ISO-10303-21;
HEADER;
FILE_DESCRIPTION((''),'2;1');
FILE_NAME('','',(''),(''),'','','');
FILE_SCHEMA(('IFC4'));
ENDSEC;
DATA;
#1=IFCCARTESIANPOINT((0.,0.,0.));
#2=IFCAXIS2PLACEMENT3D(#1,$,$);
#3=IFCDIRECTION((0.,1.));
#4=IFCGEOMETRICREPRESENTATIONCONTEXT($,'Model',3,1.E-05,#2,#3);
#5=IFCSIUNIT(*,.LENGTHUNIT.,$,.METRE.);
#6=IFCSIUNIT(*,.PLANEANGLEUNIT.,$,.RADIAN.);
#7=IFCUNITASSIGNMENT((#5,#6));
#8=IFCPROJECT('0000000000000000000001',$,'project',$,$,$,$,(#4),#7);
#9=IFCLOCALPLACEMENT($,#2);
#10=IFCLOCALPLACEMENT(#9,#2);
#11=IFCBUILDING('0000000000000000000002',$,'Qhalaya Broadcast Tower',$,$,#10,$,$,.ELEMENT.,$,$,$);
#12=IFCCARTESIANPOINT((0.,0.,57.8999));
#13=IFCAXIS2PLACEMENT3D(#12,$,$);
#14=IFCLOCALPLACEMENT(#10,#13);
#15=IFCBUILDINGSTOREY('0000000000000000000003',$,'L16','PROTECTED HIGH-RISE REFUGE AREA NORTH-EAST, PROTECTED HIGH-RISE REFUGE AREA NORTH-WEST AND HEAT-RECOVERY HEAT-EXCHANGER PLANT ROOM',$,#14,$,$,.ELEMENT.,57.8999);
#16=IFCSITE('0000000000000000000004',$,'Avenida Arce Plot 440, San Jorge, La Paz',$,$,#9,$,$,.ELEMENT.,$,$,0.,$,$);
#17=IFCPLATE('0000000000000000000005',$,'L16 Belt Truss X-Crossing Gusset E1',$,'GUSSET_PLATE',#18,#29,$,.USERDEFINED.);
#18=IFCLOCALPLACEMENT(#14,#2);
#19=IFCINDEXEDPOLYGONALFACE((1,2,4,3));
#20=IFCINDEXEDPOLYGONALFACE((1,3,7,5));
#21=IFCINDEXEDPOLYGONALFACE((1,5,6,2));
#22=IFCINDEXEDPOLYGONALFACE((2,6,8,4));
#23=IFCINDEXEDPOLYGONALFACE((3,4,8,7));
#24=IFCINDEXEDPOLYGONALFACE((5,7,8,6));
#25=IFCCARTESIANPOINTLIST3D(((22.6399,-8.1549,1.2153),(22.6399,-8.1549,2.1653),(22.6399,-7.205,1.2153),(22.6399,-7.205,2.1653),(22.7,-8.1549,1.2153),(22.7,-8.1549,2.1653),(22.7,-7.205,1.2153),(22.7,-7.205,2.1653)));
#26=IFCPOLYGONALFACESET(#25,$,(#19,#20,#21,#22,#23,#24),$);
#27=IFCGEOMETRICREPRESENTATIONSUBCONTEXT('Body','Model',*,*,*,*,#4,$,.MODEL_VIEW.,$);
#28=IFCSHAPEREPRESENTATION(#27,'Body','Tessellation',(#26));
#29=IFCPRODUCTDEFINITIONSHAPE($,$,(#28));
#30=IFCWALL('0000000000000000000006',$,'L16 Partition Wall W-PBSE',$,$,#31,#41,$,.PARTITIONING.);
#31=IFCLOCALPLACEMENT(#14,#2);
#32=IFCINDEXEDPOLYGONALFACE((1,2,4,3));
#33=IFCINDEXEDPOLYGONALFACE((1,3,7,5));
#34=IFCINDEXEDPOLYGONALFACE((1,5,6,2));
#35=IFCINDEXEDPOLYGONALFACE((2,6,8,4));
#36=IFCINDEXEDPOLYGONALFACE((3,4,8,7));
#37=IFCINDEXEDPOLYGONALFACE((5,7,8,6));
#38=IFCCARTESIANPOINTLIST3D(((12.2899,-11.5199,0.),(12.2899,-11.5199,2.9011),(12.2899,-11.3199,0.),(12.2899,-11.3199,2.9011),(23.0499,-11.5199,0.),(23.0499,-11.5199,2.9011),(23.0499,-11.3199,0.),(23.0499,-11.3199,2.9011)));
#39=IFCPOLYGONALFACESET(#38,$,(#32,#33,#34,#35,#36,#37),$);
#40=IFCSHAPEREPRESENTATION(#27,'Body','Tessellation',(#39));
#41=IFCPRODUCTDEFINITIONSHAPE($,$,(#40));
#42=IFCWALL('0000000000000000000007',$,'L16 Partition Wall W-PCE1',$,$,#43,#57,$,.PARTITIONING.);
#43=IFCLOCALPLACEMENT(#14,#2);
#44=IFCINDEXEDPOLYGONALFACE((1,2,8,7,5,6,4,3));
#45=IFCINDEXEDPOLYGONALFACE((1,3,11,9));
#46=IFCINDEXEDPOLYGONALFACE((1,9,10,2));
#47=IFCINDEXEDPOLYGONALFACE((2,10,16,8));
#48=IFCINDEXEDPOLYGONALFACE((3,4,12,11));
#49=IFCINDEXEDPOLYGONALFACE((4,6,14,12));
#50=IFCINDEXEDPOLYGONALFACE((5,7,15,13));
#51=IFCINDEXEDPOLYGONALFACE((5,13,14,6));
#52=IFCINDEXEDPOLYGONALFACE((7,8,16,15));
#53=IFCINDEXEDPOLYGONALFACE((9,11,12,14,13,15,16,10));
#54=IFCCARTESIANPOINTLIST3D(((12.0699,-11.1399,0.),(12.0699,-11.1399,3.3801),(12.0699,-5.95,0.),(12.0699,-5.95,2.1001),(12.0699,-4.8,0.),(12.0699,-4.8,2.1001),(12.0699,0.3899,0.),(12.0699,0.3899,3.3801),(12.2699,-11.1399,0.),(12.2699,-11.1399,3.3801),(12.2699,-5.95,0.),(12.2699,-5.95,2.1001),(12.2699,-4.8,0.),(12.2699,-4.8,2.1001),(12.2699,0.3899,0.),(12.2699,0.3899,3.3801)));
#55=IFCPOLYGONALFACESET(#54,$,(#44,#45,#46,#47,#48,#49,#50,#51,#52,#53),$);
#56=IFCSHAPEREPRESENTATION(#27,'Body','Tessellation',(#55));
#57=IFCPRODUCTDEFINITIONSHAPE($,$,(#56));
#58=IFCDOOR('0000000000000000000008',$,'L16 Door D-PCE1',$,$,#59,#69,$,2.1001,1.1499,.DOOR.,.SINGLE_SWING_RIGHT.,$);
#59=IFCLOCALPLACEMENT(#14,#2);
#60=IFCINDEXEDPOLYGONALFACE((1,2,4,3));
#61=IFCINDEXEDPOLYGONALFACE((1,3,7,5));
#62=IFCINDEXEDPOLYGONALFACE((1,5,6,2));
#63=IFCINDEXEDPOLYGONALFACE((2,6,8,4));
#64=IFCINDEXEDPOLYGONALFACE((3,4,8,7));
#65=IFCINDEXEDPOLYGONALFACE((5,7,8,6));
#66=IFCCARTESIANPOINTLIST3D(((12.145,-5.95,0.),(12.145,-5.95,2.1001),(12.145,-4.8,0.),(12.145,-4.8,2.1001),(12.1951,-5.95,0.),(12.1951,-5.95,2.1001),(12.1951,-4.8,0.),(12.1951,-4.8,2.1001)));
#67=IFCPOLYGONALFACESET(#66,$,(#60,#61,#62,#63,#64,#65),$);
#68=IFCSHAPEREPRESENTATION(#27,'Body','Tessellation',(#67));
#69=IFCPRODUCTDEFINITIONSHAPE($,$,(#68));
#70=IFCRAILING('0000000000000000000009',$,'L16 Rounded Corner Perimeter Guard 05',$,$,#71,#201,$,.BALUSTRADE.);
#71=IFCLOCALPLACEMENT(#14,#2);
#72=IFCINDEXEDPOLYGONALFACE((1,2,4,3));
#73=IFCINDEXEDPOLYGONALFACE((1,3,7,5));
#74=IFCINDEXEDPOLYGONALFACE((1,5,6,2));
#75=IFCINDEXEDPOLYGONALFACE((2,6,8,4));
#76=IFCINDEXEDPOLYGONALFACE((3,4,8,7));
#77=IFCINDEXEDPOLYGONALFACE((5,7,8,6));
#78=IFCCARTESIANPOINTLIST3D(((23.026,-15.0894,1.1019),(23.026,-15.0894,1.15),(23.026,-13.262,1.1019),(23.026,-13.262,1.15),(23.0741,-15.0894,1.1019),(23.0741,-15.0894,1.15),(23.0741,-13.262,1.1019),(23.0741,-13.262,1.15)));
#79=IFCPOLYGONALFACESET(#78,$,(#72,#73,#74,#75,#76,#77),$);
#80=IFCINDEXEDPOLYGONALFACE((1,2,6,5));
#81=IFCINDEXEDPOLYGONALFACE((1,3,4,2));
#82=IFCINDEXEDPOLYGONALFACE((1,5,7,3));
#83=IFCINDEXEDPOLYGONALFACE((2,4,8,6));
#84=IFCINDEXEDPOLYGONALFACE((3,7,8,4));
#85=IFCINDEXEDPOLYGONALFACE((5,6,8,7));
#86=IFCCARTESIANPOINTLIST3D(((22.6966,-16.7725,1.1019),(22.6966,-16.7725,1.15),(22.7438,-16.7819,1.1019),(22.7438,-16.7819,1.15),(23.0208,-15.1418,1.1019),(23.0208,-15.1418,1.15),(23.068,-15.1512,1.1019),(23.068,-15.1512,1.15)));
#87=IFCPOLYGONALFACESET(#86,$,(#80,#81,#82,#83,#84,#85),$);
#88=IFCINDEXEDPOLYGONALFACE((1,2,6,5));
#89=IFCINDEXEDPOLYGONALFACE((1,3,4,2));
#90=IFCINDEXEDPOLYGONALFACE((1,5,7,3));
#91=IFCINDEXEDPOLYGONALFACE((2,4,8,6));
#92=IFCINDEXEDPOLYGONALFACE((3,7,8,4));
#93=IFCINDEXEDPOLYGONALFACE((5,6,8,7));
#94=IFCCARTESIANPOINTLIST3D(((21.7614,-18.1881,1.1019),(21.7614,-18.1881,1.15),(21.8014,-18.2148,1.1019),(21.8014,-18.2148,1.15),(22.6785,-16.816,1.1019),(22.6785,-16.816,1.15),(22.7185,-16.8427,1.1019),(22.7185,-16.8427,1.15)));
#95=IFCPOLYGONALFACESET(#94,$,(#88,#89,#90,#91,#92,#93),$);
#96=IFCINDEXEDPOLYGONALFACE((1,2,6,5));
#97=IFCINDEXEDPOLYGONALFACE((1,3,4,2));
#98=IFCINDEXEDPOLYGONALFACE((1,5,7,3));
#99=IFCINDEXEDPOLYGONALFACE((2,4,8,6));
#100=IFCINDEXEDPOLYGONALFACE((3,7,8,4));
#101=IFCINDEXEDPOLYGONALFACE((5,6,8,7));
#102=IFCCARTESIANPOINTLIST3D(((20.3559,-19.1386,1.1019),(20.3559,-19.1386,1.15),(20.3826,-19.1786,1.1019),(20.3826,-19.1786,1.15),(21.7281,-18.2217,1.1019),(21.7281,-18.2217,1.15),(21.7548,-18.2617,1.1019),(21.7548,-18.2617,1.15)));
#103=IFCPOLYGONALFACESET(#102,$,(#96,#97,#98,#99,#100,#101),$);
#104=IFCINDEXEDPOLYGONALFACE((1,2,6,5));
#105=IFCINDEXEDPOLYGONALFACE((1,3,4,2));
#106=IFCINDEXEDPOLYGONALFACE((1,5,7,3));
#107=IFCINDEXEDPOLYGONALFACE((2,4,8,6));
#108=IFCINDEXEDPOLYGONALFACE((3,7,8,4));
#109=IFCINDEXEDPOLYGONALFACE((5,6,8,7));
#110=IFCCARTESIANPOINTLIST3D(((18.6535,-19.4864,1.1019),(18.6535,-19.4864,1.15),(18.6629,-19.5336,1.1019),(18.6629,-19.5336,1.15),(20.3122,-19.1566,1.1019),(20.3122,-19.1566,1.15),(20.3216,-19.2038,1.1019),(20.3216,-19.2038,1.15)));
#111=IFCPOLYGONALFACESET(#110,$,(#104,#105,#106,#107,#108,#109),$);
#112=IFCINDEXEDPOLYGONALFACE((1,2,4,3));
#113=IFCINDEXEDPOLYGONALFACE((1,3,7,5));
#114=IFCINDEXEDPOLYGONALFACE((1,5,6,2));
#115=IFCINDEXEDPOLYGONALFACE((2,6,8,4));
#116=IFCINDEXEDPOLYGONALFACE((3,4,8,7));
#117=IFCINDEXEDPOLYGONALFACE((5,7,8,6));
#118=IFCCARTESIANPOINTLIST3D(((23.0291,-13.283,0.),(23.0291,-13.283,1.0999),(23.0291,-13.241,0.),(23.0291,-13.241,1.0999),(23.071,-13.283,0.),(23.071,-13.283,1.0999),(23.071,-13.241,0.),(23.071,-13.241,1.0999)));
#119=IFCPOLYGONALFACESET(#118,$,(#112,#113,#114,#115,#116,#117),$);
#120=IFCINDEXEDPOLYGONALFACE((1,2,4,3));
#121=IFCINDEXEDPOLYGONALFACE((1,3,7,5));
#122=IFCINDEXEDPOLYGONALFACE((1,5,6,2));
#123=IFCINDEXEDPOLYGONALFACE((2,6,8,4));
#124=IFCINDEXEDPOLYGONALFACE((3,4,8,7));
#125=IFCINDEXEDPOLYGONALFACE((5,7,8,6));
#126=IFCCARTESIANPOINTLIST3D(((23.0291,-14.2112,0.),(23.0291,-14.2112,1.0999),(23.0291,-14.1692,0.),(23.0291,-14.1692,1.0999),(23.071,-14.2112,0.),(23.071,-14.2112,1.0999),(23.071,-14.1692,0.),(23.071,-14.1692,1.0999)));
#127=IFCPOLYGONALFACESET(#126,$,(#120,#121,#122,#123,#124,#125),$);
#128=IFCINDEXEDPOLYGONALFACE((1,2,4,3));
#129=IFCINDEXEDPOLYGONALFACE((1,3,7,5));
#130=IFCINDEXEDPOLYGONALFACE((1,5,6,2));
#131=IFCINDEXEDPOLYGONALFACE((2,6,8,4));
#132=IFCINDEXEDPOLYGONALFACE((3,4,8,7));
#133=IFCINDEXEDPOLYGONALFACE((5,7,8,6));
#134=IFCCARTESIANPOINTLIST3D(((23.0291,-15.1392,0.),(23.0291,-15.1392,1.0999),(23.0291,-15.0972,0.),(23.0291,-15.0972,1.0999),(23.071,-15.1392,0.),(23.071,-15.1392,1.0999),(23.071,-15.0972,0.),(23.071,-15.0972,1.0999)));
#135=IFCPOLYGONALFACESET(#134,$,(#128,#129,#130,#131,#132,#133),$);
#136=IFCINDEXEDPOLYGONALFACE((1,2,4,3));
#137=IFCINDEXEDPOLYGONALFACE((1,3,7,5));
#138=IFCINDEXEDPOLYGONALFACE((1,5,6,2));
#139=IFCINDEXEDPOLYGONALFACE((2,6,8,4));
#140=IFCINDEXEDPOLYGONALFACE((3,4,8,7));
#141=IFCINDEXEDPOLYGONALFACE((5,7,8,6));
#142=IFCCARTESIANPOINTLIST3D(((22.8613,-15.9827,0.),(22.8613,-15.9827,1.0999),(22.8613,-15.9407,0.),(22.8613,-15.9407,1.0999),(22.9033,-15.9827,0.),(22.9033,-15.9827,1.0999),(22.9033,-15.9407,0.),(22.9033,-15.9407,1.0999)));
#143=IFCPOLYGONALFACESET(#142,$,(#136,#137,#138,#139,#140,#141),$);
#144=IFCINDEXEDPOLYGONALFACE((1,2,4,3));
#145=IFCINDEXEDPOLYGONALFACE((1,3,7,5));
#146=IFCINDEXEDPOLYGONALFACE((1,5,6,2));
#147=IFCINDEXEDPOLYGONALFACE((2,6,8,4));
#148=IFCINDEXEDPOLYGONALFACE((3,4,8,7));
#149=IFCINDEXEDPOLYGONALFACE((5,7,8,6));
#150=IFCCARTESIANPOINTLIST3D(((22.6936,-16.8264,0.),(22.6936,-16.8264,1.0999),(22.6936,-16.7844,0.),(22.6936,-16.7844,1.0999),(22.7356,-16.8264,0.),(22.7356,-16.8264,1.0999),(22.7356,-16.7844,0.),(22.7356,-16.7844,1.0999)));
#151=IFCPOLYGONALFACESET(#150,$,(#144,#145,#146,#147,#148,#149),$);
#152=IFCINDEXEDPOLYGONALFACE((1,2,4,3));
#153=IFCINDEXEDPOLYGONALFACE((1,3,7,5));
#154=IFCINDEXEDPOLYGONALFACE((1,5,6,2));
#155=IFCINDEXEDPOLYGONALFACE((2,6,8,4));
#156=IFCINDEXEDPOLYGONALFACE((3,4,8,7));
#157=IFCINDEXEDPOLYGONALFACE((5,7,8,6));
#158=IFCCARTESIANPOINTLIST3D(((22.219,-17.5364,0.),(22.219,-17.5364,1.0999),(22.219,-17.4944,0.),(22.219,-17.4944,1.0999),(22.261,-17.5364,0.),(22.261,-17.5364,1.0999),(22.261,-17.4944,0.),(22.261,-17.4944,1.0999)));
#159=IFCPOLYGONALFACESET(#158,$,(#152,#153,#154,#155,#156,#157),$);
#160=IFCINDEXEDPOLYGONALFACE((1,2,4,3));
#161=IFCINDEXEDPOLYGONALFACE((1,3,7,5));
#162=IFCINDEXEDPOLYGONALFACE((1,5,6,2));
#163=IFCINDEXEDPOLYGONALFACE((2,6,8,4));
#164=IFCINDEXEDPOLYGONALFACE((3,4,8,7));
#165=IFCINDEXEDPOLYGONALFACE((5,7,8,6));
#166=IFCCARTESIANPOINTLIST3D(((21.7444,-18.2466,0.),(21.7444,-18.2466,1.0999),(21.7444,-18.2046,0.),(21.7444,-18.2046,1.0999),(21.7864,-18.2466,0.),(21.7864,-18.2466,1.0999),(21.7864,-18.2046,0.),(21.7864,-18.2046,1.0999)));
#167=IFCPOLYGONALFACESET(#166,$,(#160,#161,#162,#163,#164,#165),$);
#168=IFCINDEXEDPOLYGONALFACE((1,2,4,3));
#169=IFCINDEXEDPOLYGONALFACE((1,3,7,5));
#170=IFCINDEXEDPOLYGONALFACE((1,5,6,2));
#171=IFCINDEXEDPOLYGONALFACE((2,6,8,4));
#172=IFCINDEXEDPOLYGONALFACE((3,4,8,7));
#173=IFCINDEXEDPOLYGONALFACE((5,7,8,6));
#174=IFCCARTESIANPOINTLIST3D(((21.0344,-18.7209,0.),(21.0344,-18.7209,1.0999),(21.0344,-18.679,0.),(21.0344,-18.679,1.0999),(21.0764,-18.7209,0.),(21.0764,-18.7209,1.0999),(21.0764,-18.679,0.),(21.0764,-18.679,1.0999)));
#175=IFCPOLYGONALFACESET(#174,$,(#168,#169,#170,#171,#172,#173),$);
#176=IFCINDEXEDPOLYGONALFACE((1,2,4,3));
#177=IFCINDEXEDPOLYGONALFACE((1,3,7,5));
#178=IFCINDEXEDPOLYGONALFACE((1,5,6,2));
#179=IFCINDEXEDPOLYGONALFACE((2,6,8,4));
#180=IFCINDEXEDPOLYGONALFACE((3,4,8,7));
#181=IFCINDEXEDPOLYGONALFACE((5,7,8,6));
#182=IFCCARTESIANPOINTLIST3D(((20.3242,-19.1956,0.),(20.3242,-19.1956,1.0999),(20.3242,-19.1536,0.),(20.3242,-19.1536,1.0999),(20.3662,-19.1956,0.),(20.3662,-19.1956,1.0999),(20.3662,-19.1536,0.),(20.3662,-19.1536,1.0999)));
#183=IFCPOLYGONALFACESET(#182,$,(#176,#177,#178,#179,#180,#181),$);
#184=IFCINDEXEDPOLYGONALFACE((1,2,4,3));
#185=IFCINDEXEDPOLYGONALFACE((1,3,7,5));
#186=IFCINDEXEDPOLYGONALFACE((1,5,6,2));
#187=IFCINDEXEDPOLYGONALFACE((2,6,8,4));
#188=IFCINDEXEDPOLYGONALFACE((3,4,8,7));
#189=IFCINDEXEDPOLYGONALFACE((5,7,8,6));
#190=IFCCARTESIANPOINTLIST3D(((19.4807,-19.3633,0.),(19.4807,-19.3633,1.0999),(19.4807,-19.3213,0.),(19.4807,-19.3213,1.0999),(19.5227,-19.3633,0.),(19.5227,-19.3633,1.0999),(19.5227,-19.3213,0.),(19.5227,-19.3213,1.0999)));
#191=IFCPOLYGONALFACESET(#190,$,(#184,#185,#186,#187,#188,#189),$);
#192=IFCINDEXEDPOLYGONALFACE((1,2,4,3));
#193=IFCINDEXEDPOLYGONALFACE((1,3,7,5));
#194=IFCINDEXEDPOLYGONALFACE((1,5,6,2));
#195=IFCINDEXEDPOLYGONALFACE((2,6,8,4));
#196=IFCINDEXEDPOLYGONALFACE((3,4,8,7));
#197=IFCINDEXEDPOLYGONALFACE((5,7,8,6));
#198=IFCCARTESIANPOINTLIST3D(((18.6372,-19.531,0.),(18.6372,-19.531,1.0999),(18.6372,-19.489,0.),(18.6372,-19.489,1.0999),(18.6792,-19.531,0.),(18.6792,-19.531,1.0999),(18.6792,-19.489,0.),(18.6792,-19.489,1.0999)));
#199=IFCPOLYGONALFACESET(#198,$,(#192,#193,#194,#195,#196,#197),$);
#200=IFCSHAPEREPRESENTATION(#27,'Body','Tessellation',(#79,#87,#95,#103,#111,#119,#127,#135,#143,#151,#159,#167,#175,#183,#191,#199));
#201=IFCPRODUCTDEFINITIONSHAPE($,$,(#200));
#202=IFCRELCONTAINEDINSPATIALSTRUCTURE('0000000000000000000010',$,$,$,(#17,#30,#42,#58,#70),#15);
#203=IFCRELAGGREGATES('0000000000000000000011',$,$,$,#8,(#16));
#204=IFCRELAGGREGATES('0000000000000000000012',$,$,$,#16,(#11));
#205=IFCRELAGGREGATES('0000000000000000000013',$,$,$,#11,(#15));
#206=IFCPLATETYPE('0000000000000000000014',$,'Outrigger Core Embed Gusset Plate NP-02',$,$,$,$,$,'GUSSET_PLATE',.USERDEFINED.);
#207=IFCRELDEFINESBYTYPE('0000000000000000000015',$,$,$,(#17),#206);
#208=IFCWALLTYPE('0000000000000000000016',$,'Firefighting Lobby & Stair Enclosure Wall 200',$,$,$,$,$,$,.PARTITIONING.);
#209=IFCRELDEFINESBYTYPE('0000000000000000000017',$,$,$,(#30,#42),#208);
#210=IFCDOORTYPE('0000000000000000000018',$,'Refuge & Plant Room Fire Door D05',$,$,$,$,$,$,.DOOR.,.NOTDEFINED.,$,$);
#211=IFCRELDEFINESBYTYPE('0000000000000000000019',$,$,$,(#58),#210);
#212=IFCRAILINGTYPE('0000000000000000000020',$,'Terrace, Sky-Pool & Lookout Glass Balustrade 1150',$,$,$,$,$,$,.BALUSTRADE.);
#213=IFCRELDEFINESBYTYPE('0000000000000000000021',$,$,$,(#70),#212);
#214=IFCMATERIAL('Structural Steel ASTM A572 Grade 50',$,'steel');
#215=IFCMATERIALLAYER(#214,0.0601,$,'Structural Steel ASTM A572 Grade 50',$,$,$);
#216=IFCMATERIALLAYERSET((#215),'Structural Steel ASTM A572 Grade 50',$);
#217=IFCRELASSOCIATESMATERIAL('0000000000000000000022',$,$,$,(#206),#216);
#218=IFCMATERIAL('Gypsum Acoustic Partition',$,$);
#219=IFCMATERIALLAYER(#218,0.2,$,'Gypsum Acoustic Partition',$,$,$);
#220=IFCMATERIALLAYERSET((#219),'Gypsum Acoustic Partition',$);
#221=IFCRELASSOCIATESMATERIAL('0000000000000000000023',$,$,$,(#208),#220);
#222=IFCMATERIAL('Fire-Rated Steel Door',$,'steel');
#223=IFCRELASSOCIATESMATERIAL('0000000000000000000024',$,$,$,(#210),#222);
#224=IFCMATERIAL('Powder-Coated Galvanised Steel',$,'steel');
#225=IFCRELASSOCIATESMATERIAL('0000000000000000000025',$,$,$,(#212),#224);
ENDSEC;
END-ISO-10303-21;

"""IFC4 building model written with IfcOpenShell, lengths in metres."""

from ifc_helpers import new_model, si_unit, direction, frame, frame_2d, origin, origin_2d, place, context, subcontext, project, spatial, rectangle, extrude, material, layer, layer_set, type_object, element, fill, save


model = new_model("IFC4")

# Units and contexts
model_context = context("Model", 3, precision=1e-05, world=origin(), true_north=direction((0.0, 1.0)))
body_context = subcontext(model_context, "Body", "Model", "MODEL_VIEW")
ifc_project = project(units=[si_unit("LENGTHUNIT", "METRE"), si_unit("PLANEANGLEUNIT", "RADIAN")], contexts=[model_context])

# Site, building, storey
site_placement = place(None, origin())
site = spatial("IfcSite", under=ifc_project, at=site_placement, Name="Avenida Arce Plot 440, San Jorge, La Paz", CompositionType="ELEMENT", RefElevation=0.0)
building_placement = place(site_placement, origin())
building = spatial("IfcBuilding", under=site, at=building_placement, Name="Qhalaya Broadcast Tower", CompositionType="ELEMENT")
storey_placement = place(building_placement, frame((0.0, 0.0, 57.8999)))
storey = spatial("IfcBuildingStorey", under=building, at=storey_placement, Name="L16", Description="PROTECTED HIGH-RISE REFUGE AREA NORTH-EAST, PROTECTED HIGH-RISE REFUGE AREA NORTH-WEST AND HEAT-RECOVERY HEAT-EXCHANGER PLANT ROOM", CompositionType="ELEMENT", Elevation=57.8999)

# Shared definitions
ifc_material_1 = material(Name="Structural Steel ASTM A572 Grade 50", Category="steel")

# Plate
ifc_layer_1 = layer(ifc_material_1, 0.0601, Name="Structural Steel ASTM A572 Grade 50")
ifc_layer_set_1 = layer_set([ifc_layer_1], Name="Structural Steel ASTM A572 Grade 50")
plate_type_1 = type_object("IfcPlateType", Name="Outrigger Core Embed Gusset Plate NP-02", ElementType="GUSSET_PLATE", PredefinedType="USERDEFINED", material=ifc_layer_set_1)
plate_1_placement = place(storey_placement, frame((22.6699, -7.6799, 1.2153), z_axis=(0.0, 0.0, 1.0), x_axis=(0.0, 1.0, 0.0)))
element("IfcPlate", 1, at=plate_1_placement, inside=storey, type_object=plate_type_1, Name="L16 Belt Truss X-Crossing Gusset E1", ObjectType="GUSSET_PLATE", PredefinedType="USERDEFINED", context=body_context, shape_type="SweptSolid", body=[
    extrude(rectangle(XDim=0.95, YDim=0.0601, at=origin_2d()), origin(), (0.0, 0.0, 1.0), 0.95),
])

# Wall
ifc_material_2 = material(Name="Gypsum Acoustic Partition")
ifc_layer_2 = layer(ifc_material_2, 0.2, Name="Gypsum Acoustic Partition")
ifc_layer_set_2 = layer_set([ifc_layer_2], Name="Gypsum Acoustic Partition")
wall_type = type_object("IfcWallType", Name="Firefighting Lobby & Stair Enclosure Wall 200", PredefinedType="PARTITIONING", material=ifc_layer_set_2)
wall_1_placement = place(storey_placement, frame((12.29, -11.4199, 0.0), z_axis=(0.0, 0.0, 1.0), x_axis=(1.0, 0.0, 0.0)))
element("IfcWall", 2, at=wall_1_placement, inside=storey, type_object=wall_type, Name="L16 Partition Wall W-PBSE", PredefinedType="PARTITIONING", context=body_context, shape_type="SweptSolid", body=[
    extrude(rectangle(XDim=10.76, YDim=0.2, at=frame_2d((5.3799, 0.0))), origin(), (0.0, 0.0, 1.0), 2.9011),
])

# Wall, opening, door
wall_2_placement = place(storey_placement, frame((12.1699, -11.1399, 0.0), z_axis=(0.0, 0.0, 1.0), x_axis=(0.0, 1.0, 0.0)))
wall_2 = element("IfcWall", 3, at=wall_2_placement, inside=storey, type_object=wall_type, Name="L16 Partition Wall W-PCE1", PredefinedType="PARTITIONING", context=body_context, shape_type="SweptSolid", body=[
    extrude(rectangle(XDim=11.5298, YDim=0.2, at=frame_2d((5.7649, 0.0))), origin(), (0.0, 0.0, 1.0), 3.3801),
])
opening_placement = place(wall_2_placement, frame((5.1899, 0.0, 0.0)))
opening = element("IfcOpeningElement", 4, at=opening_placement, cuts=wall_2, PredefinedType="OPENING", context=body_context, shape_type="SweptSolid", body=[
    extrude(rectangle(XDim=1.1499, YDim=2.1001, at=frame_2d((0.575, 1.05))), frame((0.0, 0.1121, 0.0), z_axis=(0.0, -1.0, 0.0), x_axis=(1.0, 0.0, 0.0)), (0.0, 0.0, 1.0), 0.2239),
])
ifc_material_3 = material(Name="Fire-Rated Steel Door", Category="steel")
door_type = type_object("IfcDoorType", Name="Refuge & Plant Room Fire Door D05", OperationType="NOTDEFINED", PredefinedType="DOOR", material=ifc_material_3)
door_placement = place(opening_placement, origin())
door = element("IfcDoor", 5, at=door_placement, inside=storey, type_object=door_type, Name="L16 Door D-PCE1", OperationType="SINGLE_SWING_RIGHT", OverallHeight=2.1001, OverallWidth=1.1499, PredefinedType="DOOR", context=body_context, shape_type="SweptSolid", body=[
    extrude(rectangle(XDim=1.1499, YDim=2.1001, at=frame_2d((0.575, 1.05))), frame((0.0, 0.0249, 0.0), z_axis=(0.0, -1.0, 0.0), x_axis=(1.0, 0.0, 0.0)), (0.0, 0.0, 1.0), 0.05),
])
fill(opening, door)

# Railing
ifc_material_4 = material(Name="Powder-Coated Galvanised Steel", Category="steel")
railing_type = type_object("IfcRailingType", Name="Terrace, Sky-Pool & Lookout Glass Balustrade 1150", PredefinedType="BALUSTRADE", material=ifc_material_4)
railing_placement = place(storey_placement, frame((23.05, -13.262, 0.0)))
element("IfcRailing", 6, at=railing_placement, inside=storey, type_object=railing_type, Name="L16 Rounded Corner Perimeter Guard 05", PredefinedType="BALUSTRADE", context=body_context, shape_type="SweptSolid", body=[
    extrude(rectangle(XDim=0.0481, YDim=0.0481, at=origin_2d()), frame((0.0, 0.0, 1.126), z_axis=(0.0, -1.0, 0.0), x_axis=(1.0, 0.0, 0.0)), (0.0, 0.0, 1.0), 1.8274),
    extrude(rectangle(XDim=0.0481, YDim=0.0481, at=origin_2d()), frame((-0.0056, -1.8845, 1.126), z_axis=(-0.194997, -0.980804, 0.0), x_axis=(0.980804, -0.194997, 0.0)), (0.0, 0.0, 1.0), 1.6626),
    extrude(rectangle(XDim=0.0481, YDim=0.0481, at=origin_2d()), frame((-0.3516, -3.5674, 1.126), z_axis=(-0.555689, -0.83139, 0.0), x_axis=(0.83139, -0.555689, 0.0)), (0.0, 0.0, 1.0), 1.6504),
    extrude(rectangle(XDim=0.0481, YDim=0.0481, at=origin_2d()), frame((-1.3086, -4.9797, 1.126), z_axis=(-0.831456, -0.55559, 0.0), x_axis=(0.55559, -0.831456, 0.0)), (0.0, 0.0, 1.0), 1.6504),
    extrude(rectangle(XDim=0.0481, YDim=0.0481, at=origin_2d()), frame((-2.7332, -5.9182, 1.126), z_axis=(-0.980798, -0.195024, 0.0), x_axis=(0.195024, -0.980798, 0.0)), (0.0, 0.0, 1.0), 1.6912),
    extrude(rectangle(XDim=0.042, YDim=0.042, at=origin_2d()), origin(), (0.0, 0.0, 1.0), 1.0999),
    extrude(rectangle(XDim=0.042, YDim=0.042, at=origin_2d()), frame((0.0, -0.9282, 0.0)), (0.0, 0.0, 1.0), 1.0999),
    extrude(rectangle(XDim=0.042, YDim=0.042, at=origin_2d()), frame((0.0, -1.8562, 0.0)), (0.0, 0.0, 1.0), 1.0999),
    extrude(rectangle(XDim=0.042, YDim=0.042, at=origin_2d()), frame((-0.1677, -2.6997, 0.0)), (0.0, 0.0, 1.0), 1.0999),
    extrude(rectangle(XDim=0.042, YDim=0.042, at=origin_2d()), frame((-0.3354, -3.5435, 0.0)), (0.0, 0.0, 1.0), 1.0999),
    extrude(rectangle(XDim=0.042, YDim=0.042, at=origin_2d()), frame((-0.8101, -4.2534, 0.0)), (0.0, 0.0, 1.0), 1.0999),
    extrude(rectangle(XDim=0.042, YDim=0.042, at=origin_2d()), frame((-1.2847, -4.9636, 0.0)), (0.0, 0.0, 1.0), 1.0999),
    extrude(rectangle(XDim=0.042, YDim=0.042, at=origin_2d()), frame((-1.9946, -5.438, 0.0)), (0.0, 0.0, 1.0), 1.0999),
    extrude(rectangle(XDim=0.042, YDim=0.042, at=origin_2d()), frame((-2.7048, -5.9126, 0.0)), (0.0, 0.0, 1.0), 1.0999),
    extrude(rectangle(XDim=0.042, YDim=0.042, at=origin_2d()), frame((-3.5483, -6.0803, 0.0)), (0.0, 0.0, 1.0), 1.0999),
    extrude(rectangle(XDim=0.042, YDim=0.042, at=origin_2d()), frame((-4.3918, -6.248, 0.0)), (0.0, 0.0, 1.0), 1.0999),
])

save(model, "model.ifc")
